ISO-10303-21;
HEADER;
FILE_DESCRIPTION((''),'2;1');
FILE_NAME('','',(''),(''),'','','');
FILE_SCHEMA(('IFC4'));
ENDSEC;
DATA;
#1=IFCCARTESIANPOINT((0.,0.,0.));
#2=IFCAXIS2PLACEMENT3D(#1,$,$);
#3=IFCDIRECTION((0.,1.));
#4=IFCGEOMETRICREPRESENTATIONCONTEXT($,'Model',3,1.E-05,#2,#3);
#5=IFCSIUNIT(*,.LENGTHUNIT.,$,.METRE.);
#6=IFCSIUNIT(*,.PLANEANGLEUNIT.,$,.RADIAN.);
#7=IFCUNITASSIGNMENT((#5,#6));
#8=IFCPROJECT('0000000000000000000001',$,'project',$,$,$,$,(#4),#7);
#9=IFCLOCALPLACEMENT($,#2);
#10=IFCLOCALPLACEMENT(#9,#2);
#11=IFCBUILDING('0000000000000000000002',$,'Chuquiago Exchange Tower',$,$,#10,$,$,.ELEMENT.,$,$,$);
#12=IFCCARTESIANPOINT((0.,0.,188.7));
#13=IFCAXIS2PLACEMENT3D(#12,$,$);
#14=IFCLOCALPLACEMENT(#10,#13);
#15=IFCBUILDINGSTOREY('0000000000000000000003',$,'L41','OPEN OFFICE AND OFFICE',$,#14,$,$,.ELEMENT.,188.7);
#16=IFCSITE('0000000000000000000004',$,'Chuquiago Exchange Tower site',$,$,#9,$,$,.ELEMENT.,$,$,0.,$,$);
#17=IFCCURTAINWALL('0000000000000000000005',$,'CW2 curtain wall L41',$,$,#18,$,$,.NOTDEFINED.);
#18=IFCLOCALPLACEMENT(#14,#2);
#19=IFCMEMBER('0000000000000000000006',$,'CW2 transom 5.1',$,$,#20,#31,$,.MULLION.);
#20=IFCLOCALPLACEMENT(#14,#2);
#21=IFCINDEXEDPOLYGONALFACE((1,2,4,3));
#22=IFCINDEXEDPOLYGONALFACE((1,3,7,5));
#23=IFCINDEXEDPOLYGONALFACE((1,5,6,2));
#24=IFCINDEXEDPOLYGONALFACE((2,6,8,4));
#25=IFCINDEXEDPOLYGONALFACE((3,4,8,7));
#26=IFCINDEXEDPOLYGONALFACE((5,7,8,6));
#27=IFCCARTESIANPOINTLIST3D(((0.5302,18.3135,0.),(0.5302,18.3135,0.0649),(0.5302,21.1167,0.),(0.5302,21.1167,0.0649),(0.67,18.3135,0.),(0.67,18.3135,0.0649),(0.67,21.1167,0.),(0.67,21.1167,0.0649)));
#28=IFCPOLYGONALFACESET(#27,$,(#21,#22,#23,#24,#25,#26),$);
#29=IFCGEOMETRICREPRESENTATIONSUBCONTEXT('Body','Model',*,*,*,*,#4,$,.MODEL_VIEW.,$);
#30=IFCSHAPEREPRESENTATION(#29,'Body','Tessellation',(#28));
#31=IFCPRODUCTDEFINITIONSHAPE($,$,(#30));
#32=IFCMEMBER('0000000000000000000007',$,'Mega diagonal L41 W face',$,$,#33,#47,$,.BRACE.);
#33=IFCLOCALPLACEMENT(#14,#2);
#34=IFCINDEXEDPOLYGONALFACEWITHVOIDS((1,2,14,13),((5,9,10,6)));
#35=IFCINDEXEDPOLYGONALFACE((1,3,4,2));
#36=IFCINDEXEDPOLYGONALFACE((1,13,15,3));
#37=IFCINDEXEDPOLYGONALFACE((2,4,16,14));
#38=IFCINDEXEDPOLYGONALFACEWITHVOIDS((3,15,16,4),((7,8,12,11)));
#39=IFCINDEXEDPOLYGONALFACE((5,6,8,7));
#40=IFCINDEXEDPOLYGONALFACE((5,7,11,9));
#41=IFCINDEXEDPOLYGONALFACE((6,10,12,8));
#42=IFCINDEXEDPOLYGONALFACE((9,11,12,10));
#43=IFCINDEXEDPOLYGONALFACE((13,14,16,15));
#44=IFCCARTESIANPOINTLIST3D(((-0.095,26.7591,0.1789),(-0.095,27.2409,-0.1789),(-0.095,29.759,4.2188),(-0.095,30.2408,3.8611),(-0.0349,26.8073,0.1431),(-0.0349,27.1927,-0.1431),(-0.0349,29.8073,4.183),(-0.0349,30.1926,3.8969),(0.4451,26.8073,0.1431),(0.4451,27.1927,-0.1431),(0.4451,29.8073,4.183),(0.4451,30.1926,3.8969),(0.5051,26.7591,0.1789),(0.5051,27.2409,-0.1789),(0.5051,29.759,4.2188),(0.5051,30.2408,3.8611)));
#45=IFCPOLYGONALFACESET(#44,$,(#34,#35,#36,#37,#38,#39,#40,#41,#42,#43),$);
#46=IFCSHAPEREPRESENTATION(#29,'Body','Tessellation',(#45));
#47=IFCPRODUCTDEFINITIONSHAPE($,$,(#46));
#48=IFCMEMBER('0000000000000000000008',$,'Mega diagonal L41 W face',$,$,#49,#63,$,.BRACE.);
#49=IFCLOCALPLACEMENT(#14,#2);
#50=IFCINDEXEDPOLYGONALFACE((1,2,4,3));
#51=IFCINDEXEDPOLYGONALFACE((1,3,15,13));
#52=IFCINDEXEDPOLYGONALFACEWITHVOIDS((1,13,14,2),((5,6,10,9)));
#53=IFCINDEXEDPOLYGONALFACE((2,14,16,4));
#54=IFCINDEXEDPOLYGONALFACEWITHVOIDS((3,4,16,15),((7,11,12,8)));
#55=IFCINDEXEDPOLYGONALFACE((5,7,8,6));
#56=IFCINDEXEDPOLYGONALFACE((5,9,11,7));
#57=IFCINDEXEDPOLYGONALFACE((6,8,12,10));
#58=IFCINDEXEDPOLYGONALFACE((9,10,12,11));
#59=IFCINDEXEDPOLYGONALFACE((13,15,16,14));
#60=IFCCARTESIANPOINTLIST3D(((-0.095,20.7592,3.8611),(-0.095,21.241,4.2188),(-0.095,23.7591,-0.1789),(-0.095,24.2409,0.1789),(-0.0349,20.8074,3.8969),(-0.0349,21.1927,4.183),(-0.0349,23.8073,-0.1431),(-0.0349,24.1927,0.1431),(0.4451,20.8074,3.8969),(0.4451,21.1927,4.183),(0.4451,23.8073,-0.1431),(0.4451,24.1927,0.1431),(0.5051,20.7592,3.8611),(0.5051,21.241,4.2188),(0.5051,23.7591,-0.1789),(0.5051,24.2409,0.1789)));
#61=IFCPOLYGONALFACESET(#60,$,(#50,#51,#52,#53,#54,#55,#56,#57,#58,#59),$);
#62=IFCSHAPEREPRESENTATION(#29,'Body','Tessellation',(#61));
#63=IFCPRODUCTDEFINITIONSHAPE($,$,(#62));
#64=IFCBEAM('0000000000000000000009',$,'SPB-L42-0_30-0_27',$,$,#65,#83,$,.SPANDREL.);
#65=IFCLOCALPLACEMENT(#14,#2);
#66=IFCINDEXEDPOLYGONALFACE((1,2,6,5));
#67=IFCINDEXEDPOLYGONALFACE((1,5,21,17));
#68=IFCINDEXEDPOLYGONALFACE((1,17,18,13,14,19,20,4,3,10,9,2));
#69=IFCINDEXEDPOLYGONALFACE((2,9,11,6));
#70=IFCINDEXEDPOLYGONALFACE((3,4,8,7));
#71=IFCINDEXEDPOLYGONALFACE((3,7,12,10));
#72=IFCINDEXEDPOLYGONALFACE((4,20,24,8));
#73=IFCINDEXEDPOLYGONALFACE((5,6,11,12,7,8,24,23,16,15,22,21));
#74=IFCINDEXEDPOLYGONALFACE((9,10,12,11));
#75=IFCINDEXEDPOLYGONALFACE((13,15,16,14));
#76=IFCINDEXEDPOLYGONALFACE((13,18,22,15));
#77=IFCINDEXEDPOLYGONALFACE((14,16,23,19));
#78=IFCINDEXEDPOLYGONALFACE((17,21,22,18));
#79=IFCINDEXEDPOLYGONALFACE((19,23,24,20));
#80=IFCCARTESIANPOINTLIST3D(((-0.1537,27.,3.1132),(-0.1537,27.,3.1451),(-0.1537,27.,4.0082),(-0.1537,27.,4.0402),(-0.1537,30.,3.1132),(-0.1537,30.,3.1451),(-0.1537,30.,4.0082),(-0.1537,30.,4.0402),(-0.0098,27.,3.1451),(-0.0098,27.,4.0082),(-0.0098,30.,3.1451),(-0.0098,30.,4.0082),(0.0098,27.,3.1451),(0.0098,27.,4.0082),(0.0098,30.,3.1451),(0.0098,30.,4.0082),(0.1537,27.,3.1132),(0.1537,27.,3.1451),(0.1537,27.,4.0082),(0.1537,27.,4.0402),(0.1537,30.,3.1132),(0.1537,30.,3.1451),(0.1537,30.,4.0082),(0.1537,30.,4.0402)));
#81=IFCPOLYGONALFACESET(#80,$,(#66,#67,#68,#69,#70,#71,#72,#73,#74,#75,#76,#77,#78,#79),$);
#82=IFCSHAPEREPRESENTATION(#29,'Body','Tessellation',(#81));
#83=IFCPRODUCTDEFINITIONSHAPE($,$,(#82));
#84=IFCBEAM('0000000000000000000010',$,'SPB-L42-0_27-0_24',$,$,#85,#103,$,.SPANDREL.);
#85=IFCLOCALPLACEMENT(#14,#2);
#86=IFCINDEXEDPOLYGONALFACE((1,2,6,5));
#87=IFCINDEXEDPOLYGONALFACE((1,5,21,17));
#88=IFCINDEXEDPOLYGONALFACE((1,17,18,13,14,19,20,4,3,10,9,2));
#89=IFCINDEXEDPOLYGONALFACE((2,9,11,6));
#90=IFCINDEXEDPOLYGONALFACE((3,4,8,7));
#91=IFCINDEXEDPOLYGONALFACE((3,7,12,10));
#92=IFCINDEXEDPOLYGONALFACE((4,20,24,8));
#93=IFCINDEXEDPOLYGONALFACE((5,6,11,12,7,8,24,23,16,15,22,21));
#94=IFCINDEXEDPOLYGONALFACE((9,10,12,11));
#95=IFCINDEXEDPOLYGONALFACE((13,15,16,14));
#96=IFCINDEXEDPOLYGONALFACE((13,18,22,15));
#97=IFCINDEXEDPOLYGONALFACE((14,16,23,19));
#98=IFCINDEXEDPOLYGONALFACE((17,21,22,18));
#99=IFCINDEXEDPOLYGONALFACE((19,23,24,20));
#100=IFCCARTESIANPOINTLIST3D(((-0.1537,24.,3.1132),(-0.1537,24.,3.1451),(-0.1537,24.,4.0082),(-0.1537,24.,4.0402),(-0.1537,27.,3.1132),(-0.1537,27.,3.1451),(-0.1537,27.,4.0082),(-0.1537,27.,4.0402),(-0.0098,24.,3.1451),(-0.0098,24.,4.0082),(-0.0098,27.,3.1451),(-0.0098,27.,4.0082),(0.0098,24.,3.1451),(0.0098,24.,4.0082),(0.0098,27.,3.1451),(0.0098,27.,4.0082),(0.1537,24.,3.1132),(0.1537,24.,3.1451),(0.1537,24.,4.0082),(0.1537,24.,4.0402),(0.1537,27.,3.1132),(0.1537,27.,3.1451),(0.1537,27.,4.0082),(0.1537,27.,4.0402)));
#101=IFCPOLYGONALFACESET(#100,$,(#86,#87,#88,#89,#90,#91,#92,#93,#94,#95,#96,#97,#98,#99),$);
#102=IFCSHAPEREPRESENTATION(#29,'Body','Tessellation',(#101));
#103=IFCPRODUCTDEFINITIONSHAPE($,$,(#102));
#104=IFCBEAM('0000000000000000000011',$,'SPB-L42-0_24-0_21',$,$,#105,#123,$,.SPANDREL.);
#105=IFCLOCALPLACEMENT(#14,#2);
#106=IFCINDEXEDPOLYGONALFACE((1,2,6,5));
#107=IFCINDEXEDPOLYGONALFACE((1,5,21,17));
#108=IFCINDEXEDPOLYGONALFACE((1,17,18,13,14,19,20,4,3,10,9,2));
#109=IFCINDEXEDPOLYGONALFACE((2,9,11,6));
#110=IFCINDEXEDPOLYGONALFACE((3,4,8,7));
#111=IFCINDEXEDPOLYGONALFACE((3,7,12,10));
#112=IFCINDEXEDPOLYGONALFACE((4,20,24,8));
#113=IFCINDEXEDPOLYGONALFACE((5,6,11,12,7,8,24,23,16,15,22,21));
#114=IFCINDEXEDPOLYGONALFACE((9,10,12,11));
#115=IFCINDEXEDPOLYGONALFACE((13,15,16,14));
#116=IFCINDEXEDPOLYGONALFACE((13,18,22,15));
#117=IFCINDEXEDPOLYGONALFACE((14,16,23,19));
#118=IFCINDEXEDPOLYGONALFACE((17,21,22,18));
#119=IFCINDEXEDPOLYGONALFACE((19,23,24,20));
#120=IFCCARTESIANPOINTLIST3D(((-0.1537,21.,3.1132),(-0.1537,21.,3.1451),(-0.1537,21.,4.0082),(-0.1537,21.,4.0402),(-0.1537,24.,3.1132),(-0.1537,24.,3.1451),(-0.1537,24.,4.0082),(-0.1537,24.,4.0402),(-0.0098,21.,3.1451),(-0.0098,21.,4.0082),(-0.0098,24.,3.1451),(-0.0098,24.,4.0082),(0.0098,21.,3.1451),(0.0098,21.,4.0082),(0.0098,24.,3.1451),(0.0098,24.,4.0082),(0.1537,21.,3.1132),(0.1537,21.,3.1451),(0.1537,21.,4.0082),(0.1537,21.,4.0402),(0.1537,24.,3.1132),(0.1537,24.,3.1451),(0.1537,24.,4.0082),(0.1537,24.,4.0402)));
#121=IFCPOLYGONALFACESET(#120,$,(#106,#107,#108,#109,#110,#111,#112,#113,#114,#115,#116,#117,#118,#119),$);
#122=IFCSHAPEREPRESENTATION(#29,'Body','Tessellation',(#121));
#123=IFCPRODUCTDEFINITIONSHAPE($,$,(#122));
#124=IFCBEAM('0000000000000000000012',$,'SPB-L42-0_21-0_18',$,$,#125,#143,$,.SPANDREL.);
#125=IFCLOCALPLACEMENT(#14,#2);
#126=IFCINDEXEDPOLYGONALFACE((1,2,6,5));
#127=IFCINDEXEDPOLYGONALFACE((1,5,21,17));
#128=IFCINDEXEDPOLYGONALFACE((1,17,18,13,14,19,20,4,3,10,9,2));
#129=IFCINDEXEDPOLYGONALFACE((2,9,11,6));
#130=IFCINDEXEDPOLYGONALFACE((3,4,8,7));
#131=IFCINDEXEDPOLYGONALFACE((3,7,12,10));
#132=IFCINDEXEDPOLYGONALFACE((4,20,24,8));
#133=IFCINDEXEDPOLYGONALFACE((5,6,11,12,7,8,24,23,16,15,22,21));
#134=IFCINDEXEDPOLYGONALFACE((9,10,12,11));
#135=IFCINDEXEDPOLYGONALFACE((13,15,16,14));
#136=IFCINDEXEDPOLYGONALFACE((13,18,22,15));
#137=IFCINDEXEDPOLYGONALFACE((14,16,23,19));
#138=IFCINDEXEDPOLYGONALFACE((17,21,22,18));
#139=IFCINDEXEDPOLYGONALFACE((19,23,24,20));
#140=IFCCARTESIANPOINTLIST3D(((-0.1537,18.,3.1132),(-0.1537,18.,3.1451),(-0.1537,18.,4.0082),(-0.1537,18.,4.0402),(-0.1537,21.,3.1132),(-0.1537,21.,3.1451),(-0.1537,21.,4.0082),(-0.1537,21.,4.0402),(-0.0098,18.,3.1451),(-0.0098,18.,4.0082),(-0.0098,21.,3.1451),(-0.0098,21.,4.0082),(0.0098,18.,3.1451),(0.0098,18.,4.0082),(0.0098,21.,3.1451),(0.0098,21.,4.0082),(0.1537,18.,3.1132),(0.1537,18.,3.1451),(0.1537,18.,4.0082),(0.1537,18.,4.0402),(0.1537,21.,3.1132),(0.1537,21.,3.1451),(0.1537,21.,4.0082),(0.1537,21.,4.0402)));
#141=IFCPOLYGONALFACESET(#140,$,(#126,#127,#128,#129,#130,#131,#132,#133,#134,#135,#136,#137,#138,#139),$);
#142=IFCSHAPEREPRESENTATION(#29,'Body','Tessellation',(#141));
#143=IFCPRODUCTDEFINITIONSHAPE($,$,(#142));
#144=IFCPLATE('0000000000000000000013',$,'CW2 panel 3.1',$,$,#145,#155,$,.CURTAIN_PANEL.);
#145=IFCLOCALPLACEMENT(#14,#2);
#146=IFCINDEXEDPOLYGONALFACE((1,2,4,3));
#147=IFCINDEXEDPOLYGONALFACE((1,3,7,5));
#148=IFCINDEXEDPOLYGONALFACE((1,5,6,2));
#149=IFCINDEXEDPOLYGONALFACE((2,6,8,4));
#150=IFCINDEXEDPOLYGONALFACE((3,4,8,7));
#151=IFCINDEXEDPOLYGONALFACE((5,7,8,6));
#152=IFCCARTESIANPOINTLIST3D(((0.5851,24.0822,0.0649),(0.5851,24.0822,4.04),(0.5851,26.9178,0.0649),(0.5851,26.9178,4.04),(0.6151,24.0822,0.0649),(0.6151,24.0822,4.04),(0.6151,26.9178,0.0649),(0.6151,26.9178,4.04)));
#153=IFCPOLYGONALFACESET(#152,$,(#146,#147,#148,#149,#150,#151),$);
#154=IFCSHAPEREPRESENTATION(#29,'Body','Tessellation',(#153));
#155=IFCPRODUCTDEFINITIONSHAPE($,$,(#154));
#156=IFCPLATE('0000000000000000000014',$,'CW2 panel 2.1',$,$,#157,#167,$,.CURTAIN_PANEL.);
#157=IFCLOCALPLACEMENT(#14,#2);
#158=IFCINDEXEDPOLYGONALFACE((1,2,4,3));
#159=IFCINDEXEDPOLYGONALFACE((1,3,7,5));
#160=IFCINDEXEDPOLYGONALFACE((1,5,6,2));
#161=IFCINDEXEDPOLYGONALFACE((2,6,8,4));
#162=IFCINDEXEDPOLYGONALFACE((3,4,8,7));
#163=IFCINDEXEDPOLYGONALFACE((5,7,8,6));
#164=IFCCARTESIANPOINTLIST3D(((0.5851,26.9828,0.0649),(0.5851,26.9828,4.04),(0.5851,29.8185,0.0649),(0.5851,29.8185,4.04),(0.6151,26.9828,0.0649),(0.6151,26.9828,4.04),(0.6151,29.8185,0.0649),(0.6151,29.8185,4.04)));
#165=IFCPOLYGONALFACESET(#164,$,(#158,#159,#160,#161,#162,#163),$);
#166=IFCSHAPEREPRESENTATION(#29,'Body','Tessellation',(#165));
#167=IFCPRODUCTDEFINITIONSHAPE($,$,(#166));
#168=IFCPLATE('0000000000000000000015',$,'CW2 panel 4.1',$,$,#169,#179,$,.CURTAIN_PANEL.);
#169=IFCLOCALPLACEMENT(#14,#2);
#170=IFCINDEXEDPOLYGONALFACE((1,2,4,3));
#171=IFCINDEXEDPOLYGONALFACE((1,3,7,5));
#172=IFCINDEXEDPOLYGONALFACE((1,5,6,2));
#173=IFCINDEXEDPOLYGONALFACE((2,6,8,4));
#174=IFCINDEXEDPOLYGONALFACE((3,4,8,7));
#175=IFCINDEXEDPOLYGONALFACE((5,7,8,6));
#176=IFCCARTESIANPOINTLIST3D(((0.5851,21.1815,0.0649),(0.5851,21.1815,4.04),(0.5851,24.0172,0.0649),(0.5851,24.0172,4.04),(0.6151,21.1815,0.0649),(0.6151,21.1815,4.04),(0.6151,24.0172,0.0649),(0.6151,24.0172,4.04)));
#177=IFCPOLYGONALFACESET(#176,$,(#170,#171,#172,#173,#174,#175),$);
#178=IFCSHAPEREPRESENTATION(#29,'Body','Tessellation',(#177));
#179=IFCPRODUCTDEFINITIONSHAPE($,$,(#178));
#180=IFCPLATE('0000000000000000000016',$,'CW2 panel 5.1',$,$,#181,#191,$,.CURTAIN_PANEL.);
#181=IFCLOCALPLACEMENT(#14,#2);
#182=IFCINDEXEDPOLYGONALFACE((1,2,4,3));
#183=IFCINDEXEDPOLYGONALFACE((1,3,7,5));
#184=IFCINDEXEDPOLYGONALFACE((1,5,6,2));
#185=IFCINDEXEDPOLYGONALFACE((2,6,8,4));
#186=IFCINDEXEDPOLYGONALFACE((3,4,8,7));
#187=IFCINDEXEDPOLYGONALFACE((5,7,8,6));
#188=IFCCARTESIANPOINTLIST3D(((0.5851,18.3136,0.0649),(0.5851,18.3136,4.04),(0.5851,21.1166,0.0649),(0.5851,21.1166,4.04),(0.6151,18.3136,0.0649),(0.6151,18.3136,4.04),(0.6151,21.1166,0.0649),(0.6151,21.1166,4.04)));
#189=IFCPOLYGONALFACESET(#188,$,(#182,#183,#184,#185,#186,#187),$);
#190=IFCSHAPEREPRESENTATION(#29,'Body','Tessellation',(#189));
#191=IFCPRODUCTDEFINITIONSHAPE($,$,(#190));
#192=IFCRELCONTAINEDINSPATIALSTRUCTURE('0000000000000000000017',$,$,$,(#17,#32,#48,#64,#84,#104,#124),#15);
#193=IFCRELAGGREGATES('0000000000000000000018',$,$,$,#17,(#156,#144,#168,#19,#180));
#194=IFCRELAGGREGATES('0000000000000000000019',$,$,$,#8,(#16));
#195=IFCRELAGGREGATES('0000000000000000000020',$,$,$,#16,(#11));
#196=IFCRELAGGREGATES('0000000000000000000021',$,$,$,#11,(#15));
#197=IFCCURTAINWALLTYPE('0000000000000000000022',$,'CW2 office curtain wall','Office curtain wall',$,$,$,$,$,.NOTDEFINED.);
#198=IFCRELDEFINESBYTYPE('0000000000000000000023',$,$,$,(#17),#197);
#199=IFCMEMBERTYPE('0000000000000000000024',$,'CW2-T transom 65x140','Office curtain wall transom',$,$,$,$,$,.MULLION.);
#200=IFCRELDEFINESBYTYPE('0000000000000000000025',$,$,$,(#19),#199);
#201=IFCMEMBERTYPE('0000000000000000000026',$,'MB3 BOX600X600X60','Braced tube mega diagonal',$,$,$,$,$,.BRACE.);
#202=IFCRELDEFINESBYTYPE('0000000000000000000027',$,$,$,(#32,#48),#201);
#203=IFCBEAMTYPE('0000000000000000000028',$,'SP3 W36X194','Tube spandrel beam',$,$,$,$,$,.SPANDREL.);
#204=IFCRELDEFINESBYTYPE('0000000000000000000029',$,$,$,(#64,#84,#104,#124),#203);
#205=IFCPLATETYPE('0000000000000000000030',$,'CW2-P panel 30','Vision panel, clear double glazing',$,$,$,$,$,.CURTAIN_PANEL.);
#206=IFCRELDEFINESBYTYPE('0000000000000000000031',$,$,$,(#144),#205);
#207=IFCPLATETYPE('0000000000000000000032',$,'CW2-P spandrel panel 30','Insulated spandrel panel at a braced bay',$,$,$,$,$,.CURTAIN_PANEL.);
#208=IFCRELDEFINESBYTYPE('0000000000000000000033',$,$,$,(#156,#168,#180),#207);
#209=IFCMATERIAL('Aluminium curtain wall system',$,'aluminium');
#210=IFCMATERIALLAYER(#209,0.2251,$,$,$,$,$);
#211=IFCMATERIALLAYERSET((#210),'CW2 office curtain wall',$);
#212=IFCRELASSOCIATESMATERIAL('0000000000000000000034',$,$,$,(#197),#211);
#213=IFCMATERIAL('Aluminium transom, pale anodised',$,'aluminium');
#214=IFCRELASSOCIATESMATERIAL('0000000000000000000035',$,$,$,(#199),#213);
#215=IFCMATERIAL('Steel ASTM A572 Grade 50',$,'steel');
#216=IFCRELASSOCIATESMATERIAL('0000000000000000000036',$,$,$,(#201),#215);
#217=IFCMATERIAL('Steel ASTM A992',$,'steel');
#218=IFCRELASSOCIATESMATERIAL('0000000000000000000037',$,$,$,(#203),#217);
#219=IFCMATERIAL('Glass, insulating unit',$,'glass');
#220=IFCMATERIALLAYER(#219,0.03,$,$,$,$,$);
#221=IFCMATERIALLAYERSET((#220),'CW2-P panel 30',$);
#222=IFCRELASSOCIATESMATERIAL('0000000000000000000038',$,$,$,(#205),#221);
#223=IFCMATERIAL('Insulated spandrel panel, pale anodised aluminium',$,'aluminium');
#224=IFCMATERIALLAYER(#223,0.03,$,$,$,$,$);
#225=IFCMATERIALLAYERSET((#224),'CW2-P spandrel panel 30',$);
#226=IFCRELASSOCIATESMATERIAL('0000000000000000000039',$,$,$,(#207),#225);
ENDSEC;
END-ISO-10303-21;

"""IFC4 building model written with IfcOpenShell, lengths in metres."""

from ifc_helpers import new_model, si_unit, direction, frame, origin, origin_2d, place, context, subcontext, project, spatial, rectangle, hollow_rectangle, i_section, extrude, material, layer, layer_set, material_profile, profile_set, type_object, element, aggregate, save


model = new_model("IFC4")

# Units and contexts
model_context = context("Model", 3, precision=1e-05, world=origin(), true_north=direction((0.0, 1.0)))
body_context = subcontext(model_context, "Body", "Model", "MODEL_VIEW")
ifc_project = project(units=[si_unit("LENGTHUNIT", "METRE"), si_unit("PLANEANGLEUNIT", "RADIAN")], contexts=[model_context])

# Site, building, storey
site_placement = place(None, origin())
site = spatial("IfcSite", under=ifc_project, at=site_placement, Name="Chuquiago Exchange Tower site", CompositionType="ELEMENT", RefElevation=0.0)
building_placement = place(site_placement, origin())
building = spatial("IfcBuilding", under=site, at=building_placement, Name="Chuquiago Exchange Tower", CompositionType="ELEMENT")
storey_placement = place(building_placement, frame((0.0, 0.0, 188.7)))
storey = spatial("IfcBuildingStorey", under=building, at=storey_placement, Name="L41", Description="OPEN OFFICE AND OFFICE", CompositionType="ELEMENT", Elevation=188.7)

# Curtain wall, member
ifc_material_1 = material(Name="Aluminium curtain wall system", Category="aluminium")
ifc_layer_1 = layer(ifc_material_1, 0.2251)
ifc_layer_set_1 = layer_set([ifc_layer_1], Name="CW2 office curtain wall")
curtain_wall_type = type_object("IfcCurtainWallType", Name="CW2 office curtain wall", Description="Office curtain wall", PredefinedType="NOTDEFINED", material=ifc_layer_set_1)
curtain_wall_placement = place(storey_placement, origin())
curtain_wall = element("IfcCurtainWall", 1, at=curtain_wall_placement, inside=storey, type_object=curtain_wall_type, Name="CW2 curtain wall L41", PredefinedType="NOTDEFINED")
ifc_material_2 = material(Name="Aluminium transom, pale anodised", Category="aluminium")
ifc_material_profile_1 = material_profile(ifc_material_2, rectangle(XDim=0.1399, YDim=0.0649, at=origin_2d()), Name="AL 140x65")
ifc_profile_set_1 = profile_set([ifc_material_profile_1], Name="Aluminium transom, pale anodised")
member_type_1 = type_object("IfcMemberType", Name="CW2-T transom 65x140", Description="Office curtain wall transom", PredefinedType="MULLION", material=ifc_profile_set_1)
member_1_placement = place(storey_placement, frame((0.6001, 21.1167, 0.0325), z_axis=(0.0, -1.0, 0.0), x_axis=(1.0, 0.0, 0.0)))
member_1 = element("IfcMember", 2, at=member_1_placement, type_object=member_type_1, Name="CW2 transom 5.1", PredefinedType="MULLION", context=body_context, shape_type="SweptSolid", body=[
    extrude(rectangle(XDim=0.1399, YDim=0.0649, at=origin_2d()), origin(), (0.0, 0.0, 1.0), 2.8032),
])

# Members
ifc_material_3 = material(Name="Steel ASTM A572 Grade 50", Category="steel")
ifc_material_profile_2 = material_profile(ifc_material_3, hollow_rectangle(XDim=0.6001, YDim=0.6001, WallThickness=0.0601, at=origin_2d()), Name="BOX600X600X60")
ifc_profile_set_2 = profile_set([ifc_material_profile_2], Name="Steel ASTM A572 Grade 50")
member_type_2 = type_object("IfcMemberType", Name="MB3 BOX600X600X60", Description="Braced tube mega diagonal", PredefinedType="BRACE", material=ifc_profile_set_2)
for number, where, z_axis, x_axis, name in (
    (3, (0.2051, 27.0, 0.0), (0.0, 0.596174, 0.802855), (-1.0, 0.0, 0.0), "Mega diagonal L41 W face"),
    (4, (0.2051, 24.0, 0.0), (0.0, -0.596174, 0.802855), (1.0, 0.0, 0.0), "Mega diagonal L41 W face"),
):
    element("IfcMember", number, at=place(storey_placement, frame(where, z_axis=z_axis, x_axis=x_axis)), inside=storey, type_object=member_type_2, Name=name, PredefinedType="BRACE", context=body_context, shape_type="SweptSolid", body=[
        extrude(hollow_rectangle(XDim=0.6001, YDim=0.6001, WallThickness=0.0601, at=origin_2d()), origin(), (0.0, 0.0, 1.0), 5.032),
    ])

# Beams
ifc_material_4 = material(Name="Steel ASTM A992", Category="steel")
ifc_material_profile_3 = material_profile(ifc_material_4, i_section(OverallWidth=0.3074, OverallDepth=0.927, WebThickness=0.0195, FlangeThickness=0.032, at=origin_2d()), Name="W36X194")
ifc_profile_set_3 = profile_set([ifc_material_profile_3], Name="Steel ASTM A992")
beam_type = type_object("IfcBeamType", Name="SP3 W36X194", Description="Tube spandrel beam", PredefinedType="SPANDREL", material=ifc_profile_set_3)
for number, where, z_axis, x_axis, name in (
    (5, (0.0, 30.0, 3.5767), (0.0, -1.0, 0.0), (1.0, 0.0, 0.0), "SPB-L42-0_30-0_27"),
    (6, (0.0, 27.0, 3.5767), (0.0, -1.0, 0.0), (1.0, 0.0, 0.0), "SPB-L42-0_27-0_24"),
    (7, (0.0, 24.0, 3.5767), (0.0, -1.0, 0.0), (1.0, 0.0, 0.0), "SPB-L42-0_24-0_21"),
    (8, (0.0, 21.0, 3.5767), (0.0, -1.0, 0.0), (1.0, 0.0, 0.0), "SPB-L42-0_21-0_18"),
):
    element("IfcBeam", number, at=place(storey_placement, frame(where, z_axis=z_axis, x_axis=x_axis)), inside=storey, type_object=beam_type, Name=name, PredefinedType="SPANDREL", context=body_context, shape_type="SweptSolid", body=[
        extrude(i_section(OverallWidth=0.3074, OverallDepth=0.927, WebThickness=0.0195, FlangeThickness=0.032, at=origin_2d()), origin(), (0.0, 0.0, 1.0), 3.0),
    ])

# Plates
ifc_material_5 = material(Name="Glass, insulating unit", Category="glass")
ifc_layer_2 = layer(ifc_material_5, 0.03)
ifc_layer_set_2 = layer_set([ifc_layer_2], Name="CW2-P panel 30")
plate_type_1 = type_object("IfcPlateType", Name="CW2-P panel 30", Description="Vision panel, clear double glazing", PredefinedType="CURTAIN_PANEL", material=ifc_layer_set_2)
plate_1_placement = place(storey_placement, frame((0.6001, 25.5, 0.0649), z_axis=(0.0, 0.0, 1.0), x_axis=(0.0, -1.0, 0.0)))
plate_1 = element("IfcPlate", 9, at=plate_1_placement, type_object=plate_type_1, Name="CW2 panel 3.1", PredefinedType="CURTAIN_PANEL", context=body_context, shape_type="SweptSolid", body=[
    extrude(rectangle(XDim=2.8357, YDim=0.03, at=origin_2d()), origin(), (0.0, 0.0, 1.0), 3.9751),
])
ifc_material_6 = material(Name="Insulated spandrel panel, pale anodised aluminium", Category="aluminium")
ifc_layer_3 = layer(ifc_material_6, 0.03)
ifc_layer_set_3 = layer_set([ifc_layer_3], Name="CW2-P spandrel panel 30")
plate_type_2 = type_object("IfcPlateType", Name="CW2-P spandrel panel 30", Description="Insulated spandrel panel at a braced bay", PredefinedType="CURTAIN_PANEL", material=ifc_layer_set_3)
plate_2_placement = place(storey_placement, frame((0.6001, 28.4006, 0.0649), z_axis=(0.0, 0.0, 1.0), x_axis=(0.0, -1.0, 0.0)))
plate_2 = element("IfcPlate", 10, at=plate_2_placement, type_object=plate_type_2, Name="CW2 panel 2.1", PredefinedType="CURTAIN_PANEL", context=body_context, shape_type="SweptSolid", body=[
    extrude(rectangle(XDim=2.8357, YDim=0.03, at=origin_2d()), origin(), (0.0, 0.0, 1.0), 3.9751),
])
plate_3_placement = place(storey_placement, frame((0.6001, 22.5994, 0.0649), z_axis=(0.0, 0.0, 1.0), x_axis=(0.0, -1.0, 0.0)))
plate_3 = element("IfcPlate", 11, at=plate_3_placement, type_object=plate_type_2, Name="CW2 panel 4.1", PredefinedType="CURTAIN_PANEL", context=body_context, shape_type="SweptSolid", body=[
    extrude(rectangle(XDim=2.8357, YDim=0.03, at=origin_2d()), origin(), (0.0, 0.0, 1.0), 3.9751),
])
plate_4_placement = place(storey_placement, frame((0.6001, 19.7151, 0.0649), z_axis=(0.0, 0.0, 1.0), x_axis=(0.0, -1.0, 0.0)))
plate_4 = element("IfcPlate", 12, at=plate_4_placement, type_object=plate_type_2, Name="CW2 panel 5.1", PredefinedType="CURTAIN_PANEL", context=body_context, shape_type="SweptSolid", body=[
    extrude(rectangle(XDim=2.803, YDim=0.03, at=origin_2d()), origin(), (0.0, 0.0, 1.0), 3.9751),
])
aggregate(curtain_wall, [plate_2, plate_1, plate_3, member_1, plate_4])

save(model, "model.ifc")
